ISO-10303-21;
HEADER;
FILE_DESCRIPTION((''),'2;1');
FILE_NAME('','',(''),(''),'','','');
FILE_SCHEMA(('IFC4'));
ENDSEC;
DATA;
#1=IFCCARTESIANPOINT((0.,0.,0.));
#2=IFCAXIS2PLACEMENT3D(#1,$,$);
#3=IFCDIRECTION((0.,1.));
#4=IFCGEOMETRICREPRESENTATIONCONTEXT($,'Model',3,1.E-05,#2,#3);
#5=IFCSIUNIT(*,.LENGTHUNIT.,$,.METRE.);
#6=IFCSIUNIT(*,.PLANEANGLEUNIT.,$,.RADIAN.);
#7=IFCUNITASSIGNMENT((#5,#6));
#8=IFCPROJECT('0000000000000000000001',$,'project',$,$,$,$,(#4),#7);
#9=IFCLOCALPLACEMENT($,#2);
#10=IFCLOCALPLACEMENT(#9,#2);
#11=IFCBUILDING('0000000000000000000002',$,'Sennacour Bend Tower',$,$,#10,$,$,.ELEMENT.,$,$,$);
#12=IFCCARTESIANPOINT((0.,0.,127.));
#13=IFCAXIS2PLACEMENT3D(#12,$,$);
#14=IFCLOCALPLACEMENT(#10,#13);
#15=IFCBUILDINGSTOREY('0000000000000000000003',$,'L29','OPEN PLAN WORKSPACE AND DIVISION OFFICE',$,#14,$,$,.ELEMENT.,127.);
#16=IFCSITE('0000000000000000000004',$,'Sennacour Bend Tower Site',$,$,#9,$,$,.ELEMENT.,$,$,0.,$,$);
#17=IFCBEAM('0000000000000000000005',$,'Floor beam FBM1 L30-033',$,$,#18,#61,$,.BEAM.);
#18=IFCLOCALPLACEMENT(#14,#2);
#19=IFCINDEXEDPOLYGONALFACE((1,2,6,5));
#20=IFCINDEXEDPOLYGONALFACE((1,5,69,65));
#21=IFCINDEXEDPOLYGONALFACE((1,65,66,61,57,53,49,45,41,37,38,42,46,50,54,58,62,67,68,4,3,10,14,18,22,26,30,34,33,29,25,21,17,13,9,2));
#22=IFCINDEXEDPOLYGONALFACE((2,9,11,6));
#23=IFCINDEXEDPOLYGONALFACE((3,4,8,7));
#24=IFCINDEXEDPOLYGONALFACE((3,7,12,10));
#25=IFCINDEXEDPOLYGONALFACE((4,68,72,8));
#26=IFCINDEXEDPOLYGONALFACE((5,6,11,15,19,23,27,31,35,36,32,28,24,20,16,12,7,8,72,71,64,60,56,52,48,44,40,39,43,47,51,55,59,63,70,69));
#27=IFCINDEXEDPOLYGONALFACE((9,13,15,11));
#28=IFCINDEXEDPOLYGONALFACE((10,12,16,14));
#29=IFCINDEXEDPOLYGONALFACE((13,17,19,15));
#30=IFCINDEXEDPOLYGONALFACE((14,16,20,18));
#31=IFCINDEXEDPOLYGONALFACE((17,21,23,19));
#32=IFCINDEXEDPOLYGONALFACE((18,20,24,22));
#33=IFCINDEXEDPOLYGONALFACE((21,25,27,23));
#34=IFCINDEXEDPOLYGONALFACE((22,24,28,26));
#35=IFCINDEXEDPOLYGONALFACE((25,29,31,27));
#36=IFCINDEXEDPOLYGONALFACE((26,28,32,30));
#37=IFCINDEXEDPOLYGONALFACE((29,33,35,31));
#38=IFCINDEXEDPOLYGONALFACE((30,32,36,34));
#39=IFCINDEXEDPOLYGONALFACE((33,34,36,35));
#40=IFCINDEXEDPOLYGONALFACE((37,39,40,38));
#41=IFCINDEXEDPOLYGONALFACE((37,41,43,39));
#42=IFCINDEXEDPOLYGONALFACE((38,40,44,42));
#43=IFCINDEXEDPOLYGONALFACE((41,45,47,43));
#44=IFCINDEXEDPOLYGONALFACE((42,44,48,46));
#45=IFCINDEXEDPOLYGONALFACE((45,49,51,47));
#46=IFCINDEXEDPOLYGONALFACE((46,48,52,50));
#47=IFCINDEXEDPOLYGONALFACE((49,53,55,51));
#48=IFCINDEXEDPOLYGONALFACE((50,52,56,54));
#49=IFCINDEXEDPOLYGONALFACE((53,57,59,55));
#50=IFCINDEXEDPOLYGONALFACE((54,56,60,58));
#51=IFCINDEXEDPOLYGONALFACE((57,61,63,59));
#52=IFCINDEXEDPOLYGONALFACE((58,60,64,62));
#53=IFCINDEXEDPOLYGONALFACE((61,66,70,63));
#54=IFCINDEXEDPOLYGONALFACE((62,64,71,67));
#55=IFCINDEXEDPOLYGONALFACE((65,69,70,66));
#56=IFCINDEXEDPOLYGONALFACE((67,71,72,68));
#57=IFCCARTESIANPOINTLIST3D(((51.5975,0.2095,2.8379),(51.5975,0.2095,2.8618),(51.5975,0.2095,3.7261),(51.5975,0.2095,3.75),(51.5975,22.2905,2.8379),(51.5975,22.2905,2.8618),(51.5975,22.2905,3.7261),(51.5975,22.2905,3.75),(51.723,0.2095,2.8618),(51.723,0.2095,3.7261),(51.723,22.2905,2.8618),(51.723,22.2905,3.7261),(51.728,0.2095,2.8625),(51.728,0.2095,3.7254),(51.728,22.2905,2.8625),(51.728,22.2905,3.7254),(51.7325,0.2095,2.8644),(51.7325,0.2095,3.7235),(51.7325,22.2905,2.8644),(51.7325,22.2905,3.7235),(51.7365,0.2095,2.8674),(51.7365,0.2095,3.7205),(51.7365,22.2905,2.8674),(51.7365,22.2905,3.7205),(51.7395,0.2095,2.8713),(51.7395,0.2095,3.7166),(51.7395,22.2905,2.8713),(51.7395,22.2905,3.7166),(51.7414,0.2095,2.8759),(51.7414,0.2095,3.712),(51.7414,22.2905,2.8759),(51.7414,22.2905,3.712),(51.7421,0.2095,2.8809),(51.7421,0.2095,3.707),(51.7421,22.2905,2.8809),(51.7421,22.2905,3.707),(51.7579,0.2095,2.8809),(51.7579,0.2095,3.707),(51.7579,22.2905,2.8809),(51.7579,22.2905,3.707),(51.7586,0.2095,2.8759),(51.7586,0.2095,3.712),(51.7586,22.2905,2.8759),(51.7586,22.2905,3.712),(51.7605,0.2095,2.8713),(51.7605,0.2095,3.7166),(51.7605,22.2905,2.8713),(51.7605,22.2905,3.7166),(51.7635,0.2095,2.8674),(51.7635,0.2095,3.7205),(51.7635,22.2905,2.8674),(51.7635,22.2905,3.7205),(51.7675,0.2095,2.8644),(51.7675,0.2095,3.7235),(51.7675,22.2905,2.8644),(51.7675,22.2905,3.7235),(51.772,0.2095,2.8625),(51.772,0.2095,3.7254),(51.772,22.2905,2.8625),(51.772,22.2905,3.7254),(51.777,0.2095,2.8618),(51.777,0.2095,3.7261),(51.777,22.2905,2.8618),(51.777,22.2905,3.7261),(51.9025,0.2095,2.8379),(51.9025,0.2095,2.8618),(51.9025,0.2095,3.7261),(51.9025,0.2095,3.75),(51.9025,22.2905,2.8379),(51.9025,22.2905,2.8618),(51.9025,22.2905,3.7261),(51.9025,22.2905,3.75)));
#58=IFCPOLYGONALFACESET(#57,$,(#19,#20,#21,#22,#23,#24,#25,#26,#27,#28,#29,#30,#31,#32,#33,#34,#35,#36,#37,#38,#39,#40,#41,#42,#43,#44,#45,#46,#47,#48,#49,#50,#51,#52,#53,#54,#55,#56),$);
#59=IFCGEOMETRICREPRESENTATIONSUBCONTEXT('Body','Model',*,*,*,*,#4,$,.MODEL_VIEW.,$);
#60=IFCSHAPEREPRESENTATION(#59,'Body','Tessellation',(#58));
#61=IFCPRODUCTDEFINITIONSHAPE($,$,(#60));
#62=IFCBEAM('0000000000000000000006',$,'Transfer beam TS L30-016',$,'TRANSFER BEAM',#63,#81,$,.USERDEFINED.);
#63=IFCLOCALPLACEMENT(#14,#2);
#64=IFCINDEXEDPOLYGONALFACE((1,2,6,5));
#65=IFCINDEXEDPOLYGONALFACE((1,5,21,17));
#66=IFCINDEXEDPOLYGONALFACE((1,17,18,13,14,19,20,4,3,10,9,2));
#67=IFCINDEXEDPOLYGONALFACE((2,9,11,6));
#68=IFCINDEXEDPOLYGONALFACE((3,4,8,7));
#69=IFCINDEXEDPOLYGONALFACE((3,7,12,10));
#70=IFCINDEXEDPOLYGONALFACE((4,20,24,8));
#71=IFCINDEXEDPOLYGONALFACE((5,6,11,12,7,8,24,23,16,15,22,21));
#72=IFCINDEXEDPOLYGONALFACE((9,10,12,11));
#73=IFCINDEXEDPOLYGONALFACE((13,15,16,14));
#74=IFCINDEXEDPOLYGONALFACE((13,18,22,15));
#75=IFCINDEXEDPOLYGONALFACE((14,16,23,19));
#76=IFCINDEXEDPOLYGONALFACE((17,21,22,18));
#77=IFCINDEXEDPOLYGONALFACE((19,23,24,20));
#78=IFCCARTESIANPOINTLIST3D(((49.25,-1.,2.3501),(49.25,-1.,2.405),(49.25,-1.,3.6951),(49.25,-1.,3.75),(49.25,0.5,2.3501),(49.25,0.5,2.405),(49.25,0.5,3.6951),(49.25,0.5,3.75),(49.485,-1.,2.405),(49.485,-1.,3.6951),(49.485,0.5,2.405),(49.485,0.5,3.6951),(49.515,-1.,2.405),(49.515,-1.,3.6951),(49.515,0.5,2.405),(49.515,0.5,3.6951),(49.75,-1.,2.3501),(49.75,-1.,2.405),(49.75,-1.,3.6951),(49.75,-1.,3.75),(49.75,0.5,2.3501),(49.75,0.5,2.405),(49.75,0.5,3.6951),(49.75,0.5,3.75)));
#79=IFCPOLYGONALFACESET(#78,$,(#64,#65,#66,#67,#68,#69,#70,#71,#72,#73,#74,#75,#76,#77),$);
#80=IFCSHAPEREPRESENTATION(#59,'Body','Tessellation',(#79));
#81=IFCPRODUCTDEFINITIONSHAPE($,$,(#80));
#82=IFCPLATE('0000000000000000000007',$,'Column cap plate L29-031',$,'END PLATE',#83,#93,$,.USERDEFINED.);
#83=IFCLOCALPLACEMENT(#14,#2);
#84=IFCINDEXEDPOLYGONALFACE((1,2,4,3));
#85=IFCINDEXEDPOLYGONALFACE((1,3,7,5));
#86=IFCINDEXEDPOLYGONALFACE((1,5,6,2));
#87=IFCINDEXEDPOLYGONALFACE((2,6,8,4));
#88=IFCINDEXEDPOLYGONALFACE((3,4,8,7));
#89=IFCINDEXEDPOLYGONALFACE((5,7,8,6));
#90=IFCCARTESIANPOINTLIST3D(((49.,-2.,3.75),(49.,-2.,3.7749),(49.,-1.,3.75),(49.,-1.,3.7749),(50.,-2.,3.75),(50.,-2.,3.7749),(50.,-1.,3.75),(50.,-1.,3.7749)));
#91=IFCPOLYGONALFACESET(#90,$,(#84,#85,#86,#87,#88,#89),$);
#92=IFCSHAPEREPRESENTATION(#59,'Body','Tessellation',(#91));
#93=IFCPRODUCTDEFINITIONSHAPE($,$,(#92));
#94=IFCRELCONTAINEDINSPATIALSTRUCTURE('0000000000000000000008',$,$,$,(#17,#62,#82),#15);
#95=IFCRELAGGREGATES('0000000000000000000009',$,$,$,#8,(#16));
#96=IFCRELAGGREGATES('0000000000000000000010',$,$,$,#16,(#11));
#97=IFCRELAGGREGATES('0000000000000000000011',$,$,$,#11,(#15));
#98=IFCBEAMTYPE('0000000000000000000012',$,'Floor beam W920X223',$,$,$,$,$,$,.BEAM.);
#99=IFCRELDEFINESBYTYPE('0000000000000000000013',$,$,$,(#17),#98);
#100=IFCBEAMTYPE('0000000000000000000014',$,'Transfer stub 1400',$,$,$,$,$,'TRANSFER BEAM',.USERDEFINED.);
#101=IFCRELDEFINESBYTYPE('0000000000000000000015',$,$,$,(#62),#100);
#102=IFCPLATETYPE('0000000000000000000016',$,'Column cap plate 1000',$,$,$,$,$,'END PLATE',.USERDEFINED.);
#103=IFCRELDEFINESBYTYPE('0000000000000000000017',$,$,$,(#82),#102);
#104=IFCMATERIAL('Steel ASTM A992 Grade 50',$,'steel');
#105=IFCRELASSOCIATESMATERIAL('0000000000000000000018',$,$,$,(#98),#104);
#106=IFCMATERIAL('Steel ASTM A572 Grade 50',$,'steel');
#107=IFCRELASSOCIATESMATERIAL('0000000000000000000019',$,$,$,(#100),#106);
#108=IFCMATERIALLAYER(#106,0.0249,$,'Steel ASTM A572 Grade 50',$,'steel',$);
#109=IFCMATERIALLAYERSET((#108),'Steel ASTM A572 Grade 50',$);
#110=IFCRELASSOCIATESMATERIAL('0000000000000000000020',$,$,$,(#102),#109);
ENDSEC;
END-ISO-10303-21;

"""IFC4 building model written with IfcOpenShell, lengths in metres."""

from ifc_helpers import new_model, si_unit, direction, frame, origin, origin_2d, place, context, subcontext, project, spatial, rectangle, i_section, extrude, material, layer, layer_set, material_profile, profile_set, type_object, element, save


model = new_model("IFC4")

# Units and contexts
model_context = context("Model", 3, precision=1e-05, world=origin(), true_north=direction((0.0, 1.0)))
body_context = subcontext(model_context, "Body", "Model", "MODEL_VIEW")
ifc_project = project(units=[si_unit("LENGTHUNIT", "METRE"), si_unit("PLANEANGLEUNIT", "RADIAN")], contexts=[model_context])

# Site, building, storey
site_placement = place(None, origin())
site = spatial("IfcSite", under=ifc_project, at=site_placement, Name="Sennacour Bend Tower Site", CompositionType="ELEMENT", RefElevation=0.0)
building_placement = place(site_placement, origin())
building = spatial("IfcBuilding", under=site, at=building_placement, Name="Sennacour Bend Tower", CompositionType="ELEMENT")
storey_placement = place(building_placement, frame((0.0, 0.0, 127.0)))
storey = spatial("IfcBuildingStorey", under=building, at=storey_placement, Name="L29", Description="OPEN PLAN WORKSPACE AND DIVISION OFFICE", CompositionType="ELEMENT", Elevation=127.0)

# Shared definitions
ifc_material_1 = material(Name="Steel ASTM A572 Grade 50", Category="steel")

# Beams
ifc_material_2 = material(Name="Steel ASTM A992 Grade 50", Category="steel")
ifc_material_profile_1 = material_profile(ifc_material_2, i_section(OverallWidth=0.3049, OverallDepth=0.9121, WebThickness=0.0159, FlangeThickness=0.0239, FilletRadius=0.019, at=origin_2d()), Name="Steel ASTM A992 Grade 50", Category="steel")
ifc_profile_set_1 = profile_set([ifc_material_profile_1], Name="Steel ASTM A992 Grade 50")
beam_type_1 = type_object("IfcBeamType", Name="Floor beam W920X223", PredefinedType="BEAM", material=ifc_profile_set_1)
beam_1_placement = place(storey_placement, frame((51.75, 0.2095, 3.2939), z_axis=(0.0, 1.0, 0.0), x_axis=(-1.0, 0.0, 0.0)))
element("IfcBeam", 1, at=beam_1_placement, inside=storey, type_object=beam_type_1, Name="Floor beam FBM1 L30-033", PredefinedType="BEAM", context=body_context, shape_type="SweptSolid", body=[
    extrude(i_section(OverallWidth=0.3049, OverallDepth=0.9121, WebThickness=0.0159, FlangeThickness=0.0239, FilletRadius=0.019, at=origin_2d()), origin(), (0.0, 0.0, 1.0), 22.0811),
])
ifc_material_profile_2 = material_profile(ifc_material_1, i_section(OverallWidth=0.5, OverallDepth=1.3999, WebThickness=0.03, FlangeThickness=0.0549, at=origin_2d()), Name="Steel ASTM A572 Grade 50", Category="steel")
ifc_profile_set_2 = profile_set([ifc_material_profile_2], Name="Steel ASTM A572 Grade 50")
beam_type_2 = type_object("IfcBeamType", Name="Transfer stub 1400", ElementType="TRANSFER BEAM", PredefinedType="USERDEFINED", material=ifc_profile_set_2)
beam_2_placement = place(storey_placement, frame((49.5, -1.0, 3.05), z_axis=(0.0, 1.0, 0.0), x_axis=(-1.0, 0.0, 0.0)))
element("IfcBeam", 2, at=beam_2_placement, inside=storey, type_object=beam_type_2, Name="Transfer beam TS L30-016", ObjectType="TRANSFER BEAM", PredefinedType="USERDEFINED", context=body_context, shape_type="SweptSolid", body=[
    extrude(i_section(OverallWidth=0.5, OverallDepth=1.3999, WebThickness=0.03, FlangeThickness=0.0549, at=origin_2d()), origin(), (0.0, 0.0, 1.0), 1.5),
])

# Plate
ifc_layer_1 = layer(ifc_material_1, 0.0249, Name="Steel ASTM A572 Grade 50", Category="steel")
ifc_layer_set_1 = layer_set([ifc_layer_1], Name="Steel ASTM A572 Grade 50")
plate_type = type_object("IfcPlateType", Name="Column cap plate 1000", ElementType="END PLATE", PredefinedType="USERDEFINED", material=ifc_layer_set_1)
plate_placement = place(storey_placement, frame((49.5, -1.5, 3.75), z_axis=(0.0, 0.0, 1.0), x_axis=(1.0, 0.0, 0.0)))
element("IfcPlate", 3, at=plate_placement, inside=storey, type_object=plate_type, Name="Column cap plate L29-031", ObjectType="END PLATE", PredefinedType="USERDEFINED", context=body_context, shape_type="SweptSolid", body=[
    extrude(rectangle(XDim=1.0, YDim=1.0, at=origin_2d()), origin(), (0.0, 0.0, 1.0), 0.0249),
])

save(model, "model.ifc")
